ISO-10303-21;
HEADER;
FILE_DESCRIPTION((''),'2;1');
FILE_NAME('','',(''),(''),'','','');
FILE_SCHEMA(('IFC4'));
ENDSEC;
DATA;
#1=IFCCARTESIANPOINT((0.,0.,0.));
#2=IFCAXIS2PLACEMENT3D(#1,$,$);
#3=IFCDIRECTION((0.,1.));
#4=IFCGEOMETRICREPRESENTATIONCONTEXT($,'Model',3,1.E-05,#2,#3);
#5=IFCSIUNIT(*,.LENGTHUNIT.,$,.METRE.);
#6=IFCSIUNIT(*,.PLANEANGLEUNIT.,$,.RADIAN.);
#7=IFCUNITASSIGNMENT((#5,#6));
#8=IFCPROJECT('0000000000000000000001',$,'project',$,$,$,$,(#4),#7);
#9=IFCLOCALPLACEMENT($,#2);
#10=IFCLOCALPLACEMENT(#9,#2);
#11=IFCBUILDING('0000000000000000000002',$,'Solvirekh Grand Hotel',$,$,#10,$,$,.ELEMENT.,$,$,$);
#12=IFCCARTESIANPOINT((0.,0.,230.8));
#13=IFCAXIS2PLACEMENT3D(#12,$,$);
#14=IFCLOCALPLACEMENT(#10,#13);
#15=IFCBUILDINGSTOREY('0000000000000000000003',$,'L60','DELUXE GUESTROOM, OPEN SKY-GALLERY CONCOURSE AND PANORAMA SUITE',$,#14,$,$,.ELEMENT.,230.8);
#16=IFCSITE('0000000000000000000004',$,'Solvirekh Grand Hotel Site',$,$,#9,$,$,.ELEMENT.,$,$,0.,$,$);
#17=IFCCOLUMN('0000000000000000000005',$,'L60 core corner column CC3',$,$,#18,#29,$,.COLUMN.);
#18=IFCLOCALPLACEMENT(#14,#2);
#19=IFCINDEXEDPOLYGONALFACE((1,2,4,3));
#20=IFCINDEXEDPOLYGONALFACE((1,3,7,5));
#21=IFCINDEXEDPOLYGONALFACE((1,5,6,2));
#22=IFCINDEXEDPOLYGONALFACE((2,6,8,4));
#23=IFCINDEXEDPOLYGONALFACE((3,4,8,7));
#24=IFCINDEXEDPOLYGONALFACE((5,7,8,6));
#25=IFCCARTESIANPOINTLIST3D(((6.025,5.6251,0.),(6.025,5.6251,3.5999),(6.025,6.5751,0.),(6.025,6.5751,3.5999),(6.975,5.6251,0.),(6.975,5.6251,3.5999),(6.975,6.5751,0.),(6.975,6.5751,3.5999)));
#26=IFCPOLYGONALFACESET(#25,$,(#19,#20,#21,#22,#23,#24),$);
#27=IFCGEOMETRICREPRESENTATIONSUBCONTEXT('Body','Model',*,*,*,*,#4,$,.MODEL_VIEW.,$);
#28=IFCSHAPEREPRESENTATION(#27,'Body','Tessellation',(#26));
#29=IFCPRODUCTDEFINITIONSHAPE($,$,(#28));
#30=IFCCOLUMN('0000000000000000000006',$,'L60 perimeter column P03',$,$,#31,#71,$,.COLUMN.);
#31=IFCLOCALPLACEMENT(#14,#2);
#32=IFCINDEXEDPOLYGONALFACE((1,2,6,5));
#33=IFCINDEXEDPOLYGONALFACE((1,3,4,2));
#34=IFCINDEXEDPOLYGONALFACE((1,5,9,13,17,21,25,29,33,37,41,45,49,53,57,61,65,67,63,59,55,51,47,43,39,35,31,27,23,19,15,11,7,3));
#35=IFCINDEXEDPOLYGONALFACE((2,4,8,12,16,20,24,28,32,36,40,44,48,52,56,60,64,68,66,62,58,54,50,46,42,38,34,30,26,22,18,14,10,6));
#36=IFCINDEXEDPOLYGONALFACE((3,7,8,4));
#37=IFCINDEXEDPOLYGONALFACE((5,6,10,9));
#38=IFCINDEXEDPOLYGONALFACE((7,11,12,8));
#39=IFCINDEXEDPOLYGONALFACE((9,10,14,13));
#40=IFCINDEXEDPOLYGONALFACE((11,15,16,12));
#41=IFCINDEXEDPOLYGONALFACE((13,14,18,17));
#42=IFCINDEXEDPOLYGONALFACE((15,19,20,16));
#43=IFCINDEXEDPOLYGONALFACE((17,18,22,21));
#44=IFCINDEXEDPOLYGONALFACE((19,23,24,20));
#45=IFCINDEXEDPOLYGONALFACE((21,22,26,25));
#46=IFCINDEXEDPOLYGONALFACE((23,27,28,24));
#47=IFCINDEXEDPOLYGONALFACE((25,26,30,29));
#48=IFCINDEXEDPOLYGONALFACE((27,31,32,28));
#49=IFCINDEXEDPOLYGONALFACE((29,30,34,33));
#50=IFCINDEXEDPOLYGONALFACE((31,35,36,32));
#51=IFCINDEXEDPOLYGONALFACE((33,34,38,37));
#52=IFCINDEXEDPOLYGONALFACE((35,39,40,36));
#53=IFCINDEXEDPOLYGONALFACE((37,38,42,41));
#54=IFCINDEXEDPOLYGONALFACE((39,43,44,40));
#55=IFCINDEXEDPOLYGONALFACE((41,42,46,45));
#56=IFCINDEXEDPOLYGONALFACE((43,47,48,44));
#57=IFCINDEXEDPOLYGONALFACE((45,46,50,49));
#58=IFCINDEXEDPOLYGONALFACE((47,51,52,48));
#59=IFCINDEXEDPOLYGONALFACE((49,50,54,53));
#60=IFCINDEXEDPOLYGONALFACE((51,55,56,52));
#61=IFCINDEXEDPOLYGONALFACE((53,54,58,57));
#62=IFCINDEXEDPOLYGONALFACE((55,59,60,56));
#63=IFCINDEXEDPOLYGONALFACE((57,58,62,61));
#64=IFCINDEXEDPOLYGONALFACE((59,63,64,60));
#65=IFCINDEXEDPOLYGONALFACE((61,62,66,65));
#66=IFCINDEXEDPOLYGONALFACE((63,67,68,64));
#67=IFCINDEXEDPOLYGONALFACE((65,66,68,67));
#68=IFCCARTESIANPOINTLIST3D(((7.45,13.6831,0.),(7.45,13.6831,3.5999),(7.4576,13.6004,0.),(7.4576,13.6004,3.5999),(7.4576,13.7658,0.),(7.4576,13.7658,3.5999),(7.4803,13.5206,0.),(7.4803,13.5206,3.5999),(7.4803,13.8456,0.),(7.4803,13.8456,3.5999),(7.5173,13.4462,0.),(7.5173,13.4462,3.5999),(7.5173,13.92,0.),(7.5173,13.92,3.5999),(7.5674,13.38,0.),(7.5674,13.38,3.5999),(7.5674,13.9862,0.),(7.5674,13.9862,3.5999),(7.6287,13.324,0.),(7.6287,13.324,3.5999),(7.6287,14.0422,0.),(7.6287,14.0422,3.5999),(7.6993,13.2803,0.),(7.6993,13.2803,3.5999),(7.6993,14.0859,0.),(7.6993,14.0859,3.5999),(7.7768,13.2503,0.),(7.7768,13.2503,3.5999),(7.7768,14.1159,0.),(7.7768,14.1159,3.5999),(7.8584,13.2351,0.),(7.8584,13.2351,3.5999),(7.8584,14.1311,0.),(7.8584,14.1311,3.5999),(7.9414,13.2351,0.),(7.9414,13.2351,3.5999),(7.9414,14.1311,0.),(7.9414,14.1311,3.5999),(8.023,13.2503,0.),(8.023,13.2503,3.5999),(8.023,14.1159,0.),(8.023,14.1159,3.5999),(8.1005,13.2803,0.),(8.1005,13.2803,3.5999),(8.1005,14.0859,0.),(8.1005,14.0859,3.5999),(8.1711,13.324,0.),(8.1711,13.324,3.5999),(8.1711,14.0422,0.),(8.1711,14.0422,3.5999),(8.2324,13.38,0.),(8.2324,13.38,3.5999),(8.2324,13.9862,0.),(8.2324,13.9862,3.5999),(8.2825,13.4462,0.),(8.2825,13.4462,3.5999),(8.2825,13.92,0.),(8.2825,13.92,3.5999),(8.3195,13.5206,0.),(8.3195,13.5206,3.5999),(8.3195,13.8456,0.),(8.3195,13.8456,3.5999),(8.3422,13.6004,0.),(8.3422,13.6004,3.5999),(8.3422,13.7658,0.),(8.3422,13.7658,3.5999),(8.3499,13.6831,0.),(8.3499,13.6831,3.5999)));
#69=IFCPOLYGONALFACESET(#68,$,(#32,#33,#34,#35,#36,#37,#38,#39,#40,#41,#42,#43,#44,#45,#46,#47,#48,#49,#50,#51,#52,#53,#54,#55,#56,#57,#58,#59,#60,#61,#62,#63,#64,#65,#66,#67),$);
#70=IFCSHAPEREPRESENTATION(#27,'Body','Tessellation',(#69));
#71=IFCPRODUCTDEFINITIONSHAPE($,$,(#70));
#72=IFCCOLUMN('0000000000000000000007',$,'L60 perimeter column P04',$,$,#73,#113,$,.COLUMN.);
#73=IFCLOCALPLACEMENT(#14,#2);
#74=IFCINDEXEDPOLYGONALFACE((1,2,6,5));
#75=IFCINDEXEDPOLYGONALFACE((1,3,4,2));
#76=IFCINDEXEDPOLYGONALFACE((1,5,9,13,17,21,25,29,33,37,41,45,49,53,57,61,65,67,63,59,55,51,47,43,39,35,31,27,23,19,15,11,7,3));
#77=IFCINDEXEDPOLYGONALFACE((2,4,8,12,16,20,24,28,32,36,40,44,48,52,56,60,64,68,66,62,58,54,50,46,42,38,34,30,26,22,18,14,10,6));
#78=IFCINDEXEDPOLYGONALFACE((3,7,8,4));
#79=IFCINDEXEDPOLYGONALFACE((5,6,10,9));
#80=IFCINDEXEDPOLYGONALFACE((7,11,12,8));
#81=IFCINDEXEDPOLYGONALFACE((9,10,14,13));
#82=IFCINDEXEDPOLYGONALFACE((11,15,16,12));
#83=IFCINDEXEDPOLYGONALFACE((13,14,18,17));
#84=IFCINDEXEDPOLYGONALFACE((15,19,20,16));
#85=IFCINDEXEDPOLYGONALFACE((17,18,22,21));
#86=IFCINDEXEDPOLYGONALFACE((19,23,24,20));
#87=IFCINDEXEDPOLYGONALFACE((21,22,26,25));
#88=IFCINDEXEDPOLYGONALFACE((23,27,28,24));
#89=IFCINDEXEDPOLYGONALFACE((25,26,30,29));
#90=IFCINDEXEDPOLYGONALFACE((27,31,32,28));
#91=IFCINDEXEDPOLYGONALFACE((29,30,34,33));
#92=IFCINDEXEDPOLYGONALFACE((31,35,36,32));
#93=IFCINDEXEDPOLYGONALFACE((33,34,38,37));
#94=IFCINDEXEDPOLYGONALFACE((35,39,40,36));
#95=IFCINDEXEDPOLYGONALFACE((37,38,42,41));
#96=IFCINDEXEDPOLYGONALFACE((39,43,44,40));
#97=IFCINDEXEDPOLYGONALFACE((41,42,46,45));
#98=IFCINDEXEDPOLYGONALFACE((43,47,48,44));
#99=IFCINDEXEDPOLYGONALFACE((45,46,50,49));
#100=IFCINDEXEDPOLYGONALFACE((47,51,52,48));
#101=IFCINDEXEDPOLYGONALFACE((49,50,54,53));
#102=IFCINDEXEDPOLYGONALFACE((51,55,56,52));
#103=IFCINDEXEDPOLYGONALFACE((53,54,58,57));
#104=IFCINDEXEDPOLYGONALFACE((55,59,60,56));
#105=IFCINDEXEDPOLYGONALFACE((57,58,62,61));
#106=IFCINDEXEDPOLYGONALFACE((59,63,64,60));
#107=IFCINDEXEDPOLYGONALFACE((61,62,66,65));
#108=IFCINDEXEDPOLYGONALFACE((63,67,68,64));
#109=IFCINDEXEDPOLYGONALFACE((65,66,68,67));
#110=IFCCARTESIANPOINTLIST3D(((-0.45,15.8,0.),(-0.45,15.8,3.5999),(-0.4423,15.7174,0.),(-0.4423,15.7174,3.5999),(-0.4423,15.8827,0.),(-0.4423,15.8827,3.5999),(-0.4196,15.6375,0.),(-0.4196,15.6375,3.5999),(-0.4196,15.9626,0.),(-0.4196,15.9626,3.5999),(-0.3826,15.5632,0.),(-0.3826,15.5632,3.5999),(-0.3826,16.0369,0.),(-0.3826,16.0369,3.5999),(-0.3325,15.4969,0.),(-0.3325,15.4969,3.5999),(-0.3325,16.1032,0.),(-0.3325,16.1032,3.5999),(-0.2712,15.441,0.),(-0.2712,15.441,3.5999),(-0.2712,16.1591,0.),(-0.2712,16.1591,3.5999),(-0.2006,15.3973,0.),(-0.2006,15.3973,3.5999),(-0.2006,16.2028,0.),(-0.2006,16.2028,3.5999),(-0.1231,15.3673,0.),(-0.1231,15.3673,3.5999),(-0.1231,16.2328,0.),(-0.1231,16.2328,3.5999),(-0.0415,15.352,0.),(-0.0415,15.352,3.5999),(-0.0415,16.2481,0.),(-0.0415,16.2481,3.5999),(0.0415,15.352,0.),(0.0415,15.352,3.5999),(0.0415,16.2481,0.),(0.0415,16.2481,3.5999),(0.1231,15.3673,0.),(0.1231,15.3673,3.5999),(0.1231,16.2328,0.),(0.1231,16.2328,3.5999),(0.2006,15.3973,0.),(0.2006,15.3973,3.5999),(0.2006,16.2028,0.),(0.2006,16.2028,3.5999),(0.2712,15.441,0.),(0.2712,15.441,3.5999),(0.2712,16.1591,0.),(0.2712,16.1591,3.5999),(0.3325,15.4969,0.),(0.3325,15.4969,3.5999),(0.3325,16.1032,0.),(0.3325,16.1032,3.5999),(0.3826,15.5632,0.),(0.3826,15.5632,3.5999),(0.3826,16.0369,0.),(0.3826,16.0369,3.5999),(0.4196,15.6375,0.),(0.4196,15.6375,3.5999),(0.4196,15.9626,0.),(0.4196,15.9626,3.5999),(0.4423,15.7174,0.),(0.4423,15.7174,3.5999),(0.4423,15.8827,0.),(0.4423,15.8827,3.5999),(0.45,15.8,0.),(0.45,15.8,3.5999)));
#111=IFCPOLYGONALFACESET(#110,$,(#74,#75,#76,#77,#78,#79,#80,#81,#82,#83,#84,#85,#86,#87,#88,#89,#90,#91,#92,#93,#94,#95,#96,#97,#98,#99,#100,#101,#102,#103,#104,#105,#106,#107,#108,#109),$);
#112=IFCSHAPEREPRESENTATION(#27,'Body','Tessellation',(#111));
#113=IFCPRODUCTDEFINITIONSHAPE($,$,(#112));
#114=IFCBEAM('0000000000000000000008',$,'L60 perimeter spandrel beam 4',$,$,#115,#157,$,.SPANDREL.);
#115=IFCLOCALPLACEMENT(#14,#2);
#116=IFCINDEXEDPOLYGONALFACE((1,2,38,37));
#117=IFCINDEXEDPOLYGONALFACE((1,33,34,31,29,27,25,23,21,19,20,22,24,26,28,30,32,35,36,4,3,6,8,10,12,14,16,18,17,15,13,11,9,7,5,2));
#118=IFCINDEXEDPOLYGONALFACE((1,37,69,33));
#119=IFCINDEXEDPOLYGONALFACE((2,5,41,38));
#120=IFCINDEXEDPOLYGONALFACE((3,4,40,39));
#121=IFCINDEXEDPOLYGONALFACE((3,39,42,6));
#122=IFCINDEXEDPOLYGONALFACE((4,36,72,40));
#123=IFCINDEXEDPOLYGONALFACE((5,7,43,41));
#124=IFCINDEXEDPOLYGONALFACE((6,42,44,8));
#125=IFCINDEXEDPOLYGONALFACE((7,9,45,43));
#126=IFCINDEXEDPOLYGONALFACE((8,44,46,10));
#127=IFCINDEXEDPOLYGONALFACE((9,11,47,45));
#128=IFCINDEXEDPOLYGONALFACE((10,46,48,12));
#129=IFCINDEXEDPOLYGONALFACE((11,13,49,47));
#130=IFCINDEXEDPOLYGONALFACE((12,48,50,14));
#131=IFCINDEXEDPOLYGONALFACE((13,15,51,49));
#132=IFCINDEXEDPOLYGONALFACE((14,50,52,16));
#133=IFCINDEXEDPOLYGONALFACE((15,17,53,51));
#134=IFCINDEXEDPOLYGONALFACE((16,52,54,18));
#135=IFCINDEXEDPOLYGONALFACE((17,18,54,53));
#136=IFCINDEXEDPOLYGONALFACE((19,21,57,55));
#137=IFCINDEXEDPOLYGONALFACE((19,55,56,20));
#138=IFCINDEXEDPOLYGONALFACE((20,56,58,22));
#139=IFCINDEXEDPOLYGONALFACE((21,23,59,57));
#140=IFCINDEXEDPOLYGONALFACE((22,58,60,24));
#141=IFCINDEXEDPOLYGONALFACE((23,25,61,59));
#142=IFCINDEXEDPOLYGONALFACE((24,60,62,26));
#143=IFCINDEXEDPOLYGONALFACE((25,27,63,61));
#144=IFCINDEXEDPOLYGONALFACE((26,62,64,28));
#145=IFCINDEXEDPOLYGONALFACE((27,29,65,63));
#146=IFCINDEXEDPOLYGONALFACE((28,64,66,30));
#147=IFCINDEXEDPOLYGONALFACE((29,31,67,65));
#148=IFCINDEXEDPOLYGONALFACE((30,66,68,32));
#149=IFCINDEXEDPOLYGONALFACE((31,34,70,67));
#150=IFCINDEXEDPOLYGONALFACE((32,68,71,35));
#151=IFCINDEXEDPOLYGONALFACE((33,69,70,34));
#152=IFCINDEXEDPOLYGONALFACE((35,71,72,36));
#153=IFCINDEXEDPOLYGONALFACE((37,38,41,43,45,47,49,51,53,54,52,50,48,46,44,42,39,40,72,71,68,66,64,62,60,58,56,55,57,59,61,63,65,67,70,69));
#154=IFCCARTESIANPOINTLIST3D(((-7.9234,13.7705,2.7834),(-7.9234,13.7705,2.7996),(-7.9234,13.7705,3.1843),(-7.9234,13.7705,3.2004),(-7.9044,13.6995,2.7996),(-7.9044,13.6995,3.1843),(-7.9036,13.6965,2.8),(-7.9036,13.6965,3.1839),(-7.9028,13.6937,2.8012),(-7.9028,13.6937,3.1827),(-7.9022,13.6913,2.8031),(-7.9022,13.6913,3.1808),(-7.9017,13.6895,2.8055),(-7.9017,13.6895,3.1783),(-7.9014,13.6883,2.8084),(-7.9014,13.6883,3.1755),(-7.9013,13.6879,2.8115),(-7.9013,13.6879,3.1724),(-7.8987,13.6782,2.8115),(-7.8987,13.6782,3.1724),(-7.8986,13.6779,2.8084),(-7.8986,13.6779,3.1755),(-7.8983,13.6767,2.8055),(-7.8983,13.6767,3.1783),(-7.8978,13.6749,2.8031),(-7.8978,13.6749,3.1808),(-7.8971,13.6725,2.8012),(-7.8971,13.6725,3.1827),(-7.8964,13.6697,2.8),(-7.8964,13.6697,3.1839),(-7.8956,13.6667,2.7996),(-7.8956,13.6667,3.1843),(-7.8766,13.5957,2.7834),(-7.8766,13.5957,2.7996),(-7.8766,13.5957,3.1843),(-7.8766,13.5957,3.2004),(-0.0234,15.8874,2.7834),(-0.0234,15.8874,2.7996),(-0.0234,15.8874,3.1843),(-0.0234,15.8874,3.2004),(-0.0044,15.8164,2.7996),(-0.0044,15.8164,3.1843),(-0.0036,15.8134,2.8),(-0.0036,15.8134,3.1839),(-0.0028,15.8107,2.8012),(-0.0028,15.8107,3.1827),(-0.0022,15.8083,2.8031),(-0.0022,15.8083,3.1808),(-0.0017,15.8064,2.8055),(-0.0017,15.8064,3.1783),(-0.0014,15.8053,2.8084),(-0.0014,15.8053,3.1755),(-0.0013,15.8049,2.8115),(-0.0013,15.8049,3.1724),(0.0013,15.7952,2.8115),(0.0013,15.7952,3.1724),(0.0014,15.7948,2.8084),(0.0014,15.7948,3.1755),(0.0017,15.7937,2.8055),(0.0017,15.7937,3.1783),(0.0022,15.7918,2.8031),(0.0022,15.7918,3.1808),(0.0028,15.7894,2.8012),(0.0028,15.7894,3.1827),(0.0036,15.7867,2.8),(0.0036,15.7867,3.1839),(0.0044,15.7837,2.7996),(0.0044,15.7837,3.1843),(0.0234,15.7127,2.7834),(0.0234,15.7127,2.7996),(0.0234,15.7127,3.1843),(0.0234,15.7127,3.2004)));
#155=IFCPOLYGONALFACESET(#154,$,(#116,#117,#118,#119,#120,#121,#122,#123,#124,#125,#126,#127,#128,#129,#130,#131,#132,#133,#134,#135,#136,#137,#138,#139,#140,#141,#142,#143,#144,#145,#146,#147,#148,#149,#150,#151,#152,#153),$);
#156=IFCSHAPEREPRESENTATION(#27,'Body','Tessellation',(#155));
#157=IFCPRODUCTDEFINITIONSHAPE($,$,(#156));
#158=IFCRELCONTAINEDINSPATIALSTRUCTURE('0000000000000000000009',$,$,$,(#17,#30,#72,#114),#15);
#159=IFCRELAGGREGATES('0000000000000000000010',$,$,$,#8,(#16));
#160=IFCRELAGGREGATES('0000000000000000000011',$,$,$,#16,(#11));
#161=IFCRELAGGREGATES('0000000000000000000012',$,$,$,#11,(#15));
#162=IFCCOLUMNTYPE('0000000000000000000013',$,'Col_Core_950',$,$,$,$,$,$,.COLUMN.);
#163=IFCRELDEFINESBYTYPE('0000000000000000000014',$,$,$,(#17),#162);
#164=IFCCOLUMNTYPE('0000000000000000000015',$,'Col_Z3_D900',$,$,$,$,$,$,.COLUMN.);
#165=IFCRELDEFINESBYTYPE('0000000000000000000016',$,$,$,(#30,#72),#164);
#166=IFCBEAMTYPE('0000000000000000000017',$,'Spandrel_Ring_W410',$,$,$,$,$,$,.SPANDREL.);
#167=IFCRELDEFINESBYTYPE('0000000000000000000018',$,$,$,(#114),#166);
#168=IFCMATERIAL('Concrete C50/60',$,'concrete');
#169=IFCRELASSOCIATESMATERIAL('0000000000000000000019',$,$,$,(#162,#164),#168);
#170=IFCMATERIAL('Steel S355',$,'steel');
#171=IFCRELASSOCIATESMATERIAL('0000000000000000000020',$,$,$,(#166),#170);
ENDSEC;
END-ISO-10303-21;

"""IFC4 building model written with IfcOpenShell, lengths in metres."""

from ifc_helpers import new_model, si_unit, direction, frame, origin, origin_2d, place, context, subcontext, project, spatial, rectangle, circle, i_section, extrude, material, material_profile, profile_set, type_object, element, save


model = new_model("IFC4")

# Units and contexts
model_context = context("Model", 3, precision=1e-05, world=origin(), true_north=direction((0.0, 1.0)))
body_context = subcontext(model_context, "Body", "Model", "MODEL_VIEW")
ifc_project = project(units=[si_unit("LENGTHUNIT", "METRE"), si_unit("PLANEANGLEUNIT", "RADIAN")], contexts=[model_context])

# Site, building, storey
site_placement = place(None, origin())
site = spatial("IfcSite", under=ifc_project, at=site_placement, Name="Solvirekh Grand Hotel Site", CompositionType="ELEMENT", RefElevation=0.0)
building_placement = place(site_placement, origin())
building = spatial("IfcBuilding", under=site, at=building_placement, Name="Solvirekh Grand Hotel", CompositionType="ELEMENT")
storey_placement = place(building_placement, frame((0.0, 0.0, 230.8)))
storey = spatial("IfcBuildingStorey", under=building, at=storey_placement, Name="L60", Description="DELUXE GUESTROOM, OPEN SKY-GALLERY CONCOURSE AND PANORAMA SUITE", CompositionType="ELEMENT", Elevation=230.8)

# Columns
ifc_material_1 = material(Name="Concrete C50/60", Category="concrete")
ifc_material_profile_1 = material_profile(ifc_material_1, rectangle(XDim=0.95, YDim=0.95, at=origin_2d()), Name="RC 950X950")
ifc_profile_set_1 = profile_set([ifc_material_profile_1], Name="Concrete C50/60")
column_type_1 = type_object("IfcColumnType", Name="Col_Core_950", PredefinedType="COLUMN", material=ifc_profile_set_1)
column_placement = place(storey_placement, frame((6.5, 6.1001, 0.0), z_axis=(0.0, 0.0, 1.0), x_axis=(1.0, 0.0, 0.0)))
element("IfcColumn", 1, at=column_placement, inside=storey, type_object=column_type_1, Name="L60 core corner column CC3", PredefinedType="COLUMN", context=body_context, shape_type="SweptSolid", body=[
    extrude(rectangle(XDim=0.95, YDim=0.95, at=origin_2d()), origin(), (0.0, 0.0, 1.0), 3.5999),
])
ifc_material_profile_2 = material_profile(ifc_material_1, circle(Radius=0.45, at=origin_2d()), Name="RC CIRC D900")
ifc_profile_set_2 = profile_set([ifc_material_profile_2], Name="Concrete C50/60")
column_type_2 = type_object("IfcColumnType", Name="Col_Z3_D900", PredefinedType="COLUMN", material=ifc_profile_set_2)
for number, where, z_axis, x_axis, name in (
    (2, (7.8999, 13.6831, 0.0), (0.0, 0.0, 1.0), (1.0, 0.0, 0.0), "L60 perimeter column P03"),
    (3, (0.0, 15.8, 0.0), (0.0, 0.0, 1.0), (1.0, 0.0, 0.0), "L60 perimeter column P04"),
):
    element("IfcColumn", number, at=place(storey_placement, frame(where, z_axis=z_axis, x_axis=x_axis)), inside=storey, type_object=column_type_2, Name=name, PredefinedType="COLUMN", context=body_context, shape_type="SweptSolid", body=[
        extrude(circle(Radius=0.45, at=origin_2d()), origin(), (0.0, 0.0, 1.0), 3.5999),
    ])

# Beam
ifc_material_2 = material(Name="Steel S355", Category="steel")
ifc_material_profile_3 = material_profile(ifc_material_2, i_section(OverallWidth=0.1809, OverallDepth=0.417, WebThickness=0.01, FlangeThickness=0.0161, FilletRadius=0.012, at=origin_2d()), Name="W410X85")
ifc_profile_set_3 = profile_set([ifc_material_profile_3], Name="Steel S355")
beam_type_1 = type_object("IfcBeamType", Name="Spandrel_Ring_W410", PredefinedType="SPANDREL", material=ifc_profile_set_3)
beam_1_placement = place(storey_placement, frame((0.0, 15.8, 2.9919), z_axis=(-0.965921, -0.258839, 0.0), x_axis=(0.258839, -0.965921, 0.0)))
element("IfcBeam", 4, at=beam_1_placement, inside=storey, type_object=beam_type_1, Name="L60 perimeter spandrel beam 4", PredefinedType="SPANDREL", context=body_context, shape_type="SweptSolid", body=[
    extrude(i_section(OverallWidth=0.1809, OverallDepth=0.417, WebThickness=0.01, FlangeThickness=0.0161, FilletRadius=0.012, at=origin_2d()), origin(), (0.0, 0.0, 1.0), 8.1787),
])

save(model, "model.ifc")
